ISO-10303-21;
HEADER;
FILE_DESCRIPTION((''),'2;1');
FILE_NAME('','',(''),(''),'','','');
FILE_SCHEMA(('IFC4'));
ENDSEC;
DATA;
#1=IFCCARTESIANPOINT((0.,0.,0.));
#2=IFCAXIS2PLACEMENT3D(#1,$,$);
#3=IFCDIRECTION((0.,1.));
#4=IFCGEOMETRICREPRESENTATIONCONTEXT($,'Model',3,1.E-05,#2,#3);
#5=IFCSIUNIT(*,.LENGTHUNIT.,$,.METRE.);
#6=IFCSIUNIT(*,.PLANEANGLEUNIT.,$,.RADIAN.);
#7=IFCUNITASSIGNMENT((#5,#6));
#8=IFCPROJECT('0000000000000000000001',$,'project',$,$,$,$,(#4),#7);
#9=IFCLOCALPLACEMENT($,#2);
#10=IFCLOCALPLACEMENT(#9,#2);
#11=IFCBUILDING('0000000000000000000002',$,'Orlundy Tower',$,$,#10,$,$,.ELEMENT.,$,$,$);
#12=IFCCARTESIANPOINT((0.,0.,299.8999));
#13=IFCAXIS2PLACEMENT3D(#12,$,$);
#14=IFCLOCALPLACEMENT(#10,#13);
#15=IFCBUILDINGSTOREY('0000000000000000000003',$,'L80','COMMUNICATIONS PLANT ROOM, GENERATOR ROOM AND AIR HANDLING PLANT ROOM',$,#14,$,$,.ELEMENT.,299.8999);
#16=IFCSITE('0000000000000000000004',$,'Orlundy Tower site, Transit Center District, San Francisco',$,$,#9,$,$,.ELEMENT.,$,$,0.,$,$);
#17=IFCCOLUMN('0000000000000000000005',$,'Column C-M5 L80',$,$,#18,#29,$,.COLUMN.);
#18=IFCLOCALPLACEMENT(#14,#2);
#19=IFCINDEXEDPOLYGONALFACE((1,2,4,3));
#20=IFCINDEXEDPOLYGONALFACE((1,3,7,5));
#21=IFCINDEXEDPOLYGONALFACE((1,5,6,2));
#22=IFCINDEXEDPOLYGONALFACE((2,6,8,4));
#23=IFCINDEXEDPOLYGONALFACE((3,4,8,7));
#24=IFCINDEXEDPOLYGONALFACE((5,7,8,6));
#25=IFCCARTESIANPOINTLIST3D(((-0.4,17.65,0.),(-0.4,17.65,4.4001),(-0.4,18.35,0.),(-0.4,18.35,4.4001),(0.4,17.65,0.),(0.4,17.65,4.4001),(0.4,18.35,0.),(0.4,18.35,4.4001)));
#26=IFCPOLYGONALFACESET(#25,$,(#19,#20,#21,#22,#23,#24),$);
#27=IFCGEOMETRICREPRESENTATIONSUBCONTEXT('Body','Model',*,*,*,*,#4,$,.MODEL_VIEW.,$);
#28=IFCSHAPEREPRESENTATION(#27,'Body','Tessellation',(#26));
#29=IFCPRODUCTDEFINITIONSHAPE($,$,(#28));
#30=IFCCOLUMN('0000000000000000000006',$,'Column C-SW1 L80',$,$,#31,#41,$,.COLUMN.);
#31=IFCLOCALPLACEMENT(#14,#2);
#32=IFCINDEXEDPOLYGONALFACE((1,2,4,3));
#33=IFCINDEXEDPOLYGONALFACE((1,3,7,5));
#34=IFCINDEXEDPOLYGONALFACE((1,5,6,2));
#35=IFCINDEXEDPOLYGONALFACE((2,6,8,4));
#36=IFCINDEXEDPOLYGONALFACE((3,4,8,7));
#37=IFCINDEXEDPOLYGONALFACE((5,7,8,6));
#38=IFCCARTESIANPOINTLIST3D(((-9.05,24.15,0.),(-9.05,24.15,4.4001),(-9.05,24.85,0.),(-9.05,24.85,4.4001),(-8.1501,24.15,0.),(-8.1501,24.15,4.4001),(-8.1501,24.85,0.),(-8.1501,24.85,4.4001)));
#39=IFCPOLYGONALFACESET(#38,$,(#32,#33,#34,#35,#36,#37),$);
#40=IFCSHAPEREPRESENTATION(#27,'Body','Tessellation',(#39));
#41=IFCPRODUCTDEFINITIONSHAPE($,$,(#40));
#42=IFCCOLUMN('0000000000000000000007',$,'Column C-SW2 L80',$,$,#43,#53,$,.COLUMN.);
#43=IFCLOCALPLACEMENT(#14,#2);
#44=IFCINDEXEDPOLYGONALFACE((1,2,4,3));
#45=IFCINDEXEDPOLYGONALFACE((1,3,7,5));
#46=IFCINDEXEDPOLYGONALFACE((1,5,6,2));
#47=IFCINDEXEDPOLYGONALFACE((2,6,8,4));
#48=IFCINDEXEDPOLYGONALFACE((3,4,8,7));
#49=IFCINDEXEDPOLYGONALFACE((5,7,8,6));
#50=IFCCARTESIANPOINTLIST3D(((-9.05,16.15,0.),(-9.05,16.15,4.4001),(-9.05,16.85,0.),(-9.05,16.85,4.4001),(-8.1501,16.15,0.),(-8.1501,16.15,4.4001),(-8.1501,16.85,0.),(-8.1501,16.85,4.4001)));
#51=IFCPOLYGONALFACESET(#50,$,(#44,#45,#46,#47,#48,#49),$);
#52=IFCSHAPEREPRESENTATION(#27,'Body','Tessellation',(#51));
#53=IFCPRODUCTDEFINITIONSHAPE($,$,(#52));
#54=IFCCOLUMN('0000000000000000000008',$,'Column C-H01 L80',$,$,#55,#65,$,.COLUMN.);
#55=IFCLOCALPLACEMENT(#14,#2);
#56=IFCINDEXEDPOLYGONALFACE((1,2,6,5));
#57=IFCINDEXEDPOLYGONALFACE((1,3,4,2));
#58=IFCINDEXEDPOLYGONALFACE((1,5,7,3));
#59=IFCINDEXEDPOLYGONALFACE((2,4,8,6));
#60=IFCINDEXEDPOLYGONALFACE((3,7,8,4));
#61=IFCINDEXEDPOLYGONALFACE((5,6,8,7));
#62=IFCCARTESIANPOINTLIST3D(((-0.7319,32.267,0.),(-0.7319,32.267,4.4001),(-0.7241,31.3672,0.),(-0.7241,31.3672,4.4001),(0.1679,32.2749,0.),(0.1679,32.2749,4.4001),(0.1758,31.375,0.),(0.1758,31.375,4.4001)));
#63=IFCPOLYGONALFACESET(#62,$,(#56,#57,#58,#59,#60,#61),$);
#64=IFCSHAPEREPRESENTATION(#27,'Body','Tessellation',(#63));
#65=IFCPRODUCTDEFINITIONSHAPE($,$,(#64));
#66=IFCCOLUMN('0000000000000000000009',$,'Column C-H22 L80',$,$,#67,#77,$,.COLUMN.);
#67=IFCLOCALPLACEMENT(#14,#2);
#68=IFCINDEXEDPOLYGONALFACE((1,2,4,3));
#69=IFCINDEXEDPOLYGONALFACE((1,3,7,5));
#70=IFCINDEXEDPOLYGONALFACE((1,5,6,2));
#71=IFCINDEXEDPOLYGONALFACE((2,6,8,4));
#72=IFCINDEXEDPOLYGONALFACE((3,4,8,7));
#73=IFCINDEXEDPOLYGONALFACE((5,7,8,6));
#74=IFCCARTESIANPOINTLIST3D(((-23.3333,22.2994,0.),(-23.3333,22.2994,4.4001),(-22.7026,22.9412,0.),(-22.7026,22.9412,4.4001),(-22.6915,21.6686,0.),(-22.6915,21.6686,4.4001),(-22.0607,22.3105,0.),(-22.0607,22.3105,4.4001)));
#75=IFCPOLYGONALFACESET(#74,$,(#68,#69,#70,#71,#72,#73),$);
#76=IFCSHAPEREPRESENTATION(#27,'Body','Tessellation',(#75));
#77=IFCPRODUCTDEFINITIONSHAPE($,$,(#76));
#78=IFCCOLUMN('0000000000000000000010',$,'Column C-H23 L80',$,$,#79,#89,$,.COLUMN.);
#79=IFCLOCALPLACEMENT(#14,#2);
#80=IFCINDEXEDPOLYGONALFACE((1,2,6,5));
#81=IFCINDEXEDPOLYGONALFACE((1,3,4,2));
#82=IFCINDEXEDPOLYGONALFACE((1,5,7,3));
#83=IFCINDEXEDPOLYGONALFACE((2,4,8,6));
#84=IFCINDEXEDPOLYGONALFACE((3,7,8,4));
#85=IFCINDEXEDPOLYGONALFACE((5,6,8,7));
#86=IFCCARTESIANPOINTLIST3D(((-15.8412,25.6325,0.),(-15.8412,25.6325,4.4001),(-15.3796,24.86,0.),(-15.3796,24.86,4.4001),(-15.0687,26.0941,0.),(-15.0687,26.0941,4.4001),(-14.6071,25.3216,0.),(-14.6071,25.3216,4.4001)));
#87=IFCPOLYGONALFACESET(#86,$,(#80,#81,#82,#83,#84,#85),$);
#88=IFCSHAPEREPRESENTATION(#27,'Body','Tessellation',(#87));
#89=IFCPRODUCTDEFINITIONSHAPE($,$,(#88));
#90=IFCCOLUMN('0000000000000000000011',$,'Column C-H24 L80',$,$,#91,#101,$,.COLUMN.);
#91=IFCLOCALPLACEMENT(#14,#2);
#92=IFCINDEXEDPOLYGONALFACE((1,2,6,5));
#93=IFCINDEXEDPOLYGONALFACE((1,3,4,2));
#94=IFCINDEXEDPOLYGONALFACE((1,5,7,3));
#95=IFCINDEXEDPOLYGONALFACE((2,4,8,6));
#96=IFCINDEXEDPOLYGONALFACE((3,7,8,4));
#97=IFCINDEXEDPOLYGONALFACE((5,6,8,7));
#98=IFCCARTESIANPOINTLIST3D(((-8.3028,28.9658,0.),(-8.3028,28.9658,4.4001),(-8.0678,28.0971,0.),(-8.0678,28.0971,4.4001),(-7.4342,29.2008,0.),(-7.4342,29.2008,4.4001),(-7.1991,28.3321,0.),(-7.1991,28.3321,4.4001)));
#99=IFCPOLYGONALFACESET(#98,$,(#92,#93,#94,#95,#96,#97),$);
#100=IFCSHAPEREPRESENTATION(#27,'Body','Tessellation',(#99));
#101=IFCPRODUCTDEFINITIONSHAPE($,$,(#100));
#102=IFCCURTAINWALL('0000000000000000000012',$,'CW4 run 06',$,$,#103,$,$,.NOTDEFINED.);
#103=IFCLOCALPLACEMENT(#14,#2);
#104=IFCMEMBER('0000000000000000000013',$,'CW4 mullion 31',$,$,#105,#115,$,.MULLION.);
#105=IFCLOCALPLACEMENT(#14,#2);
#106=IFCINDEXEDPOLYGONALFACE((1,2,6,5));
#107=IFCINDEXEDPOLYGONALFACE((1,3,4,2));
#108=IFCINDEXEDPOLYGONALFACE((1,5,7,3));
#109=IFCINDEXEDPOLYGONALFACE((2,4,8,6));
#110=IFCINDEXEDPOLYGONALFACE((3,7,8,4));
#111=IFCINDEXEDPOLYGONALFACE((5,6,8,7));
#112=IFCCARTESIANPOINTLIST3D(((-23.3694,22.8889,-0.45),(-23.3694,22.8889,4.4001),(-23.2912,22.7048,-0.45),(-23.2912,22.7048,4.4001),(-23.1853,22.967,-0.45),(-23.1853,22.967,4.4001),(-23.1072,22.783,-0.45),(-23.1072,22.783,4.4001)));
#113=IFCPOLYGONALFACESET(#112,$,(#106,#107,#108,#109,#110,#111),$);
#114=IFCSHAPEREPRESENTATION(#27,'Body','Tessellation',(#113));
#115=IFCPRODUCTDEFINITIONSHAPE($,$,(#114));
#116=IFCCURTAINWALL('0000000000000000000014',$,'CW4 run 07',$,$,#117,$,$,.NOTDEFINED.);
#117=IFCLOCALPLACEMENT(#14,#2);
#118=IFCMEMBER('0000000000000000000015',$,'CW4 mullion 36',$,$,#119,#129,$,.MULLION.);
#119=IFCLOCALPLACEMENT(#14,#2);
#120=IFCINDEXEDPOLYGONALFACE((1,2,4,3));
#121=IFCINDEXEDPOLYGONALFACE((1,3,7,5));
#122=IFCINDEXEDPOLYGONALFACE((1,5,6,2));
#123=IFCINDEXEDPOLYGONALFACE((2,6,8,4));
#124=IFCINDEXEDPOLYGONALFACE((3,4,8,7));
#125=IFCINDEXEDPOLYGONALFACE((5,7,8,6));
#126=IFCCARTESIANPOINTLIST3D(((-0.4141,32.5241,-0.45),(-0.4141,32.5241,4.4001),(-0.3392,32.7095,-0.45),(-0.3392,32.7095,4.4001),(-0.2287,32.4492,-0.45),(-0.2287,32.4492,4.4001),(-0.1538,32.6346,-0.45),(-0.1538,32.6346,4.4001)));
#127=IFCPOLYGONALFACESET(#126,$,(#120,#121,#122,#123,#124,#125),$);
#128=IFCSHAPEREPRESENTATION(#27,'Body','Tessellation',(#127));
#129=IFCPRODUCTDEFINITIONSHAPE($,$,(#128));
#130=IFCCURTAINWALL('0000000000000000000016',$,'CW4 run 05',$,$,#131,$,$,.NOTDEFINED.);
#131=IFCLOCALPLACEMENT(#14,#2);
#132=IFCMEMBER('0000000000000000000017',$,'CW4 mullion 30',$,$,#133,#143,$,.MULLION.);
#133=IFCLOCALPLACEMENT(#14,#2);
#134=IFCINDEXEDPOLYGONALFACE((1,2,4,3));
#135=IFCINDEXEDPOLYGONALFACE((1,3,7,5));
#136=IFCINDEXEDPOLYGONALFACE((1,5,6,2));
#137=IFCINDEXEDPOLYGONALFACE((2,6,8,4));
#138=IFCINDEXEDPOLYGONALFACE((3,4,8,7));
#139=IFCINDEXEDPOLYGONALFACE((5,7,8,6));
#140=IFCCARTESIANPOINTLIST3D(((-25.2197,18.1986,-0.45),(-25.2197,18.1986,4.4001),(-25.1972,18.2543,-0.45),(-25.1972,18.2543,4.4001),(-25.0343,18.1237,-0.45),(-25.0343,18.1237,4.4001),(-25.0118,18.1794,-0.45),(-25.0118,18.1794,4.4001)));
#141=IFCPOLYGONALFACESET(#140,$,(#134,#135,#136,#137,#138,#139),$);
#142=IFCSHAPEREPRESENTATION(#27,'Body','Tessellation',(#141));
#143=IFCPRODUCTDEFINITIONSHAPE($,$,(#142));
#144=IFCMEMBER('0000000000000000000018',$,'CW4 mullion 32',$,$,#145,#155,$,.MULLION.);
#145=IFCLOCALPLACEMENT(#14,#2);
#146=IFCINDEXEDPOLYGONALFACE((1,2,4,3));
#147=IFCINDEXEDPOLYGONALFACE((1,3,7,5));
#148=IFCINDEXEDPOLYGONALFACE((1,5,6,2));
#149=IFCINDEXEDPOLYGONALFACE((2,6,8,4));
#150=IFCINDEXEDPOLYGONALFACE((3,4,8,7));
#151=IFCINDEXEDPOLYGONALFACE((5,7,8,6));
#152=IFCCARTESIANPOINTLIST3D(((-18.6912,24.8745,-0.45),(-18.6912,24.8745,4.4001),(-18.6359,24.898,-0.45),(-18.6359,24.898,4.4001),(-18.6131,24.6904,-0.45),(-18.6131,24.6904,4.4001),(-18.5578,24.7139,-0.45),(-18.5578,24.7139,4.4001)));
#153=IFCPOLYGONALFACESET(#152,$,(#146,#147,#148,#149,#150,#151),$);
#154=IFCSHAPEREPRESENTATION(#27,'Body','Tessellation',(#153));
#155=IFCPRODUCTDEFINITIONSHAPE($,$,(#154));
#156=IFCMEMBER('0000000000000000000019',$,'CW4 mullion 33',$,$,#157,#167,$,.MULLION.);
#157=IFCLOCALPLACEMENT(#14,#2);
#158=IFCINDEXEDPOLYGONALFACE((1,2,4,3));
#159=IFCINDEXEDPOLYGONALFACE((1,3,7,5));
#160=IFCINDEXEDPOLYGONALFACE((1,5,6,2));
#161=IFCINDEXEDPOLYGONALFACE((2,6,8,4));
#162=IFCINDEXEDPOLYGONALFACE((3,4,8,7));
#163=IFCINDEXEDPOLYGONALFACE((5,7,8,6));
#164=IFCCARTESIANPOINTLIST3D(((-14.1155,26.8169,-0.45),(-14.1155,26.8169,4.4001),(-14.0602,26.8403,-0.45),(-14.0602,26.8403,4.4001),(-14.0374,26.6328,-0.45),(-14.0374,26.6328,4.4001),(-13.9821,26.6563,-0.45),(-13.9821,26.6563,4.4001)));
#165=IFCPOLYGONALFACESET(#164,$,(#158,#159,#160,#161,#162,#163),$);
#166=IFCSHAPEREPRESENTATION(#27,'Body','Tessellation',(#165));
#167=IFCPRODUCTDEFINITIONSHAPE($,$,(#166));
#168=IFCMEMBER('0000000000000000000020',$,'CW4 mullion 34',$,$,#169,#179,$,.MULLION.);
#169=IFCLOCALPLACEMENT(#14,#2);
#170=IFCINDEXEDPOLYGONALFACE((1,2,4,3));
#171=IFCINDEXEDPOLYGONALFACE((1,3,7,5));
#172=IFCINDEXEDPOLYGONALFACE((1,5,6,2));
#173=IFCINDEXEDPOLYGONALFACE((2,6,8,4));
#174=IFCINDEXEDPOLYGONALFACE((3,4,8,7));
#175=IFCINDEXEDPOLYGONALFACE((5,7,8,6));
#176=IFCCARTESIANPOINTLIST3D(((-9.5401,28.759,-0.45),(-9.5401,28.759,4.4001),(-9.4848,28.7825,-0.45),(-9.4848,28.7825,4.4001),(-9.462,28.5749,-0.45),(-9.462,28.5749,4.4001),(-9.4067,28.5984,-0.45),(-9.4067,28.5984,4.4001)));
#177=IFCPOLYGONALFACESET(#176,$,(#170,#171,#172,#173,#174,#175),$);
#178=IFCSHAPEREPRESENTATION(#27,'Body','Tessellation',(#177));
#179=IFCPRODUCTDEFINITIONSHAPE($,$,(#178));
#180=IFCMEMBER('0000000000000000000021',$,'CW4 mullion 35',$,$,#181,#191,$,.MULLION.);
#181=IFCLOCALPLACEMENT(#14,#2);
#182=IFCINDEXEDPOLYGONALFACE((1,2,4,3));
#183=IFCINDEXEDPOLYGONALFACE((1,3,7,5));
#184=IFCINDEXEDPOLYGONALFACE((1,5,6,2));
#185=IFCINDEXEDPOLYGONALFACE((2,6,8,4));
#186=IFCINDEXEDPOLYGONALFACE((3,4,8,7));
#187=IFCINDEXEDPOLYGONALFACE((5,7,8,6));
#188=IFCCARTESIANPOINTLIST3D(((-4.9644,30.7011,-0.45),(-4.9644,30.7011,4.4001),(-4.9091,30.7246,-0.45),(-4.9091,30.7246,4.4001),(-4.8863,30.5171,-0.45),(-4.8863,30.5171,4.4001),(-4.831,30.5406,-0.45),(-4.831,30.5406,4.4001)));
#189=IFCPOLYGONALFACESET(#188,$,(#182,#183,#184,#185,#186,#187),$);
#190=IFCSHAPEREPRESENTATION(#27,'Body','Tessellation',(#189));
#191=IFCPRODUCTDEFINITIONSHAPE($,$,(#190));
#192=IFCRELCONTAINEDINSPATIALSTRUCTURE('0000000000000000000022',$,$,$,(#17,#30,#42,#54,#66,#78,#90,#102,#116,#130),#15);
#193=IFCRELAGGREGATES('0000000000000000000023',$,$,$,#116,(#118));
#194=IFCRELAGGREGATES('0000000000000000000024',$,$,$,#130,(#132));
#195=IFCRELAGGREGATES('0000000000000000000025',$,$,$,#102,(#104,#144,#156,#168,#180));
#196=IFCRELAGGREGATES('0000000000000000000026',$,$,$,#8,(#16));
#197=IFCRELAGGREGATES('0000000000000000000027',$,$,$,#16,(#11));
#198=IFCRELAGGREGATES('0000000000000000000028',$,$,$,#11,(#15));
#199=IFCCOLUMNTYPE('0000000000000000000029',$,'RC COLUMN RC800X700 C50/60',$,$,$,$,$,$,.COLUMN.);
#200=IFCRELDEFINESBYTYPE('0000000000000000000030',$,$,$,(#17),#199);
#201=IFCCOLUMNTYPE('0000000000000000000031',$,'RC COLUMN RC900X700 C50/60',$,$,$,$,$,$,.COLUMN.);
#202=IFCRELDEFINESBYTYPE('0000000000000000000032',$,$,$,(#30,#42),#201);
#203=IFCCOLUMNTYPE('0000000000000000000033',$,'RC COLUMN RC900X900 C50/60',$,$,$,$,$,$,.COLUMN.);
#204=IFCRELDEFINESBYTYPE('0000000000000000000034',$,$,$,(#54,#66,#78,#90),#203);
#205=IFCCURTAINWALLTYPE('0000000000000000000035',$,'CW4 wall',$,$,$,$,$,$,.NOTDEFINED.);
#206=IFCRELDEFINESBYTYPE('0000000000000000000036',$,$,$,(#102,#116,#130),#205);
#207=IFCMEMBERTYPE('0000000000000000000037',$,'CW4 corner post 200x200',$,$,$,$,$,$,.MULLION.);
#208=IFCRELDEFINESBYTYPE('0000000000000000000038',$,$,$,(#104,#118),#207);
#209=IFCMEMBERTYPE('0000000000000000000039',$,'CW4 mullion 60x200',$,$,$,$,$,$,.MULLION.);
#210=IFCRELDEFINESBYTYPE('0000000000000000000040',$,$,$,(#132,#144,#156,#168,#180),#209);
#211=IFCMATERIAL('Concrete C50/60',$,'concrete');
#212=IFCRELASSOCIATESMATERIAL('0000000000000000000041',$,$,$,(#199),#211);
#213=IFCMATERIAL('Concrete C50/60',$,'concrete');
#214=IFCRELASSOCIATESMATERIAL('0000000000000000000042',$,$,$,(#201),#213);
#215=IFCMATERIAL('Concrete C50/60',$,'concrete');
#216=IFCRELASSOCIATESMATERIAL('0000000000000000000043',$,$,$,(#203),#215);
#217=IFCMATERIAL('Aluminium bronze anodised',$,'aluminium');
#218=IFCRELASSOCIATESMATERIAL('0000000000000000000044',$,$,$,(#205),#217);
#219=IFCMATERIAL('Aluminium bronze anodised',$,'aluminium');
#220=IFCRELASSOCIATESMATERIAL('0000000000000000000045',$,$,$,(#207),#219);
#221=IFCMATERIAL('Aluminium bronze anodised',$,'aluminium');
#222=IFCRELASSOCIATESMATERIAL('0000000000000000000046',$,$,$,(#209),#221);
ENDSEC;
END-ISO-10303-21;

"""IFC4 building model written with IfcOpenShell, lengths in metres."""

from ifc_helpers import new_model, si_unit, direction, frame, origin, origin_2d, place, context, subcontext, project, spatial, rectangle, extrude, material, material_profile, profile_set, type_object, element, aggregate, save


model = new_model("IFC4")

# Units and contexts
model_context = context("Model", 3, precision=1e-05, world=origin(), true_north=direction((0.0, 1.0)))
body_context = subcontext(model_context, "Body", "Model", "MODEL_VIEW")
ifc_project = project(units=[si_unit("LENGTHUNIT", "METRE"), si_unit("PLANEANGLEUNIT", "RADIAN")], contexts=[model_context])

# Site, building, storey
site_placement = place(None, origin())
site = spatial("IfcSite", under=ifc_project, at=site_placement, Name="Orlundy Tower site, Transit Center District, San Francisco", CompositionType="ELEMENT", RefElevation=0.0)
building_placement = place(site_placement, origin())
building = spatial("IfcBuilding", under=site, at=building_placement, Name="Orlundy Tower", CompositionType="ELEMENT")
storey_placement = place(building_placement, frame((0.0, 0.0, 299.8999)))
storey = spatial("IfcBuildingStorey", under=building, at=storey_placement, Name="L80", Description="COMMUNICATIONS PLANT ROOM, GENERATOR ROOM AND AIR HANDLING PLANT ROOM", CompositionType="ELEMENT", Elevation=299.8999)

# Columns
ifc_material_1 = material(Name="Concrete C50/60", Category="concrete")
ifc_material_profile_1 = material_profile(ifc_material_1, rectangle(XDim=0.8, YDim=0.7, at=origin_2d()), Name="RC800X700")
ifc_profile_set_1 = profile_set([ifc_material_profile_1], Name="Concrete C50/60")
column_type_1 = type_object("IfcColumnType", Name="RC COLUMN RC800X700 C50/60", PredefinedType="COLUMN", material=ifc_profile_set_1)
column_placement = place(storey_placement, frame((0.0, 18.0, 0.0), z_axis=(0.0, 0.0, 1.0), x_axis=(1.0, 0.0, 0.0)))
element("IfcColumn", 1, at=column_placement, inside=storey, type_object=column_type_1, Name="Column C-M5 L80", PredefinedType="COLUMN", context=body_context, shape_type="SweptSolid", body=[
    extrude(rectangle(XDim=0.8, YDim=0.7, at=origin_2d()), origin(), (0.0, 0.0, 1.0), 4.4001),
])
ifc_material_2 = material(Name="Concrete C50/60", Category="concrete")
ifc_material_profile_2 = material_profile(ifc_material_2, rectangle(XDim=0.8999, YDim=0.7, at=origin_2d()), Name="RC900X700")
ifc_profile_set_2 = profile_set([ifc_material_profile_2], Name="Concrete C50/60")
column_type_2 = type_object("IfcColumnType", Name="RC COLUMN RC900X700 C50/60", PredefinedType="COLUMN", material=ifc_profile_set_2)
for number, where, z_axis, x_axis, name in (
    (2, (-8.6001, 24.5, 0.0), (0.0, 0.0, 1.0), (1.0, 0.0, 0.0), "Column C-SW1 L80"),
    (3, (-8.6001, 16.5, 0.0), (0.0, 0.0, 1.0), (1.0, 0.0, 0.0), "Column C-SW2 L80"),
):
    element("IfcColumn", number, at=place(storey_placement, frame(where, z_axis=z_axis, x_axis=x_axis)), inside=storey, type_object=column_type_2, Name=name, PredefinedType="COLUMN", context=body_context, shape_type="SweptSolid", body=[
        extrude(rectangle(XDim=0.8999, YDim=0.7, at=origin_2d()), origin(), (0.0, 0.0, 1.0), 4.4001),
    ])
ifc_material_3 = material(Name="Concrete C50/60", Category="concrete")
ifc_material_profile_3 = material_profile(ifc_material_3, rectangle(XDim=0.8999, YDim=0.8999, at=origin_2d()), Name="RC900X900")
ifc_profile_set_3 = profile_set([ifc_material_profile_3], Name="Concrete C50/60")
column_type_3 = type_object("IfcColumnType", Name="RC COLUMN RC900X900 C50/60", PredefinedType="COLUMN", material=ifc_profile_set_3)
for number, where, z_axis, x_axis, name in (
    (4, (-0.2781, 31.821, 0.0), (0.0, 0.0, 1.0), (-0.008744, 0.999962, 0.0), "Column C-H01 L80"),
    (5, (-22.697, 22.3049, 0.0), (0.0, 0.0, 1.0), (-0.713238, 0.700922, 0.0), "Column C-H22 L80"),
    (6, (-15.2241, 25.4771, 0.0), (0.0, 0.0, 1.0), (-0.512957, 0.858414, 0.0), "Column C-H23 L80"),
    (7, (-7.751, 28.6489, 0.0), (0.0, 0.0, 1.0), (-0.261162, 0.965295, 0.0), "Column C-H24 L80"),
):
    element("IfcColumn", number, at=place(storey_placement, frame(where, z_axis=z_axis, x_axis=x_axis)), inside=storey, type_object=column_type_3, Name=name, PredefinedType="COLUMN", context=body_context, shape_type="SweptSolid", body=[
        extrude(rectangle(XDim=0.8999, YDim=0.8999, at=origin_2d()), origin(), (0.0, 0.0, 1.0), 4.4001),
    ])

# Curtain walls, members
ifc_material_4 = material(Name="Aluminium bronze anodised", Category="aluminium")
curtain_wall_type = type_object("IfcCurtainWallType", Name="CW4 wall", PredefinedType="NOTDEFINED", material=ifc_material_4)
curtain_wall_1_placement = place(storey_placement, origin())
curtain_wall_1 = element("IfcCurtainWall", 8, at=curtain_wall_1_placement, inside=storey, type_object=curtain_wall_type, Name="CW4 run 06", PredefinedType="NOTDEFINED")
ifc_material_5 = material(Name="Aluminium bronze anodised", Category="aluminium")
ifc_material_profile_4 = material_profile(ifc_material_5, rectangle(XDim=0.2, YDim=0.2, at=origin_2d()), Name="CW4 corner post 200x200")
ifc_profile_set_4 = profile_set([ifc_material_profile_4], Name="Aluminium bronze anodised")
member_type_1 = type_object("IfcMemberType", Name="CW4 corner post 200x200", PredefinedType="MULLION", material=ifc_profile_set_4)
member_1_placement = place(storey_placement, frame((-23.2383, 22.8359, -0.45), z_axis=(0.0, 0.0, 1.0), x_axis=(-0.390727, 0.920507, 0.0)))
member_1 = element("IfcMember", 9, at=member_1_placement, type_object=member_type_1, Name="CW4 mullion 31", PredefinedType="MULLION", context=body_context, shape_type="SweptSolid", body=[
    extrude(rectangle(XDim=0.2, YDim=0.2, at=origin_2d()), origin(), (0.0, 0.0, 1.0), 4.8501),
])
curtain_wall_2_placement = place(storey_placement, origin())
curtain_wall_2 = element("IfcCurtainWall", 10, at=curtain_wall_2_placement, inside=storey, type_object=curtain_wall_type, Name="CW4 run 07", PredefinedType="NOTDEFINED")
member_2_placement = place(storey_placement, frame((-0.2839, 32.5793, -0.45), z_axis=(0.0, 0.0, 1.0), x_axis=(0.374607, 0.927184, 0.0)))
member_2 = element("IfcMember", 11, at=member_2_placement, type_object=member_type_1, Name="CW4 mullion 36", PredefinedType="MULLION", context=body_context, shape_type="SweptSolid", body=[
    extrude(rectangle(XDim=0.2, YDim=0.2, at=origin_2d()), origin(), (0.0, 0.0, 1.0), 4.8501),
])
curtain_wall_3_placement = place(storey_placement, origin())
curtain_wall_3 = element("IfcCurtainWall", 12, at=curtain_wall_3_placement, inside=storey, type_object=curtain_wall_type, Name="CW4 run 05", PredefinedType="NOTDEFINED")
ifc_material_6 = material(Name="Aluminium bronze anodised", Category="aluminium")
ifc_material_profile_5 = material_profile(ifc_material_6, rectangle(XDim=0.2, YDim=0.0601, at=origin_2d()), Name="CW4 mullion 60x200")
ifc_profile_set_5 = profile_set([ifc_material_profile_5], Name="Aluminium bronze anodised")
member_type_2 = type_object("IfcMemberType", Name="CW4 mullion 60x200", PredefinedType="MULLION", material=ifc_profile_set_5)
member_3_placement = place(storey_placement, frame((-25.1157, 18.189, -0.45), z_axis=(0.0, 0.0, 1.0), x_axis=(-0.927184, 0.374607, 0.0)))
member_3 = element("IfcMember", 13, at=member_3_placement, type_object=member_type_2, Name="CW4 mullion 30", PredefinedType="MULLION", context=body_context, shape_type="SweptSolid", body=[
    extrude(rectangle(XDim=0.2, YDim=0.0601, at=origin_2d()), origin(), (0.0, 0.0, 1.0), 4.8501),
])

# Members
member_4_placement = place(storey_placement, frame((-18.6245, 24.7942, -0.45), z_axis=(0.0, 0.0, 1.0), x_axis=(-0.390727, 0.920507, 0.0)))
member_4 = element("IfcMember", 14, at=member_4_placement, type_object=member_type_2, Name="CW4 mullion 32", PredefinedType="MULLION", context=body_context, shape_type="SweptSolid", body=[
    extrude(rectangle(XDim=0.2, YDim=0.0601, at=origin_2d()), origin(), (0.0, 0.0, 1.0), 4.8501),
])
member_5_placement = place(storey_placement, frame((-14.0488, 26.7366, -0.45), z_axis=(0.0, 0.0, 1.0), x_axis=(-0.390727, 0.920507, 0.0)))
member_5 = element("IfcMember", 15, at=member_5_placement, type_object=member_type_2, Name="CW4 mullion 33", PredefinedType="MULLION", context=body_context, shape_type="SweptSolid", body=[
    extrude(rectangle(XDim=0.2, YDim=0.0601, at=origin_2d()), origin(), (0.0, 0.0, 1.0), 4.8501),
])
member_6_placement = place(storey_placement, frame((-9.4734, 28.6787, -0.45), z_axis=(0.0, 0.0, 1.0), x_axis=(-0.390727, 0.920507, 0.0)))
member_6 = element("IfcMember", 16, at=member_6_placement, type_object=member_type_2, Name="CW4 mullion 34", PredefinedType="MULLION", context=body_context, shape_type="SweptSolid", body=[
    extrude(rectangle(XDim=0.2, YDim=0.0601, at=origin_2d()), origin(), (0.0, 0.0, 1.0), 4.8501),
])
member_7_placement = place(storey_placement, frame((-4.8977, 30.6208, -0.45), z_axis=(0.0, 0.0, 1.0), x_axis=(-0.390727, 0.920507, 0.0)))
member_7 = element("IfcMember", 17, at=member_7_placement, type_object=member_type_2, Name="CW4 mullion 35", PredefinedType="MULLION", context=body_context, shape_type="SweptSolid", body=[
    extrude(rectangle(XDim=0.2, YDim=0.0601, at=origin_2d()), origin(), (0.0, 0.0, 1.0), 4.8501),
])
aggregate(curtain_wall_2, [member_2])

aggregate(curtain_wall_3, [member_3])
aggregate(curtain_wall_1, [member_1, member_4, member_5, member_6, member_7])

save(model, "model.ifc")
